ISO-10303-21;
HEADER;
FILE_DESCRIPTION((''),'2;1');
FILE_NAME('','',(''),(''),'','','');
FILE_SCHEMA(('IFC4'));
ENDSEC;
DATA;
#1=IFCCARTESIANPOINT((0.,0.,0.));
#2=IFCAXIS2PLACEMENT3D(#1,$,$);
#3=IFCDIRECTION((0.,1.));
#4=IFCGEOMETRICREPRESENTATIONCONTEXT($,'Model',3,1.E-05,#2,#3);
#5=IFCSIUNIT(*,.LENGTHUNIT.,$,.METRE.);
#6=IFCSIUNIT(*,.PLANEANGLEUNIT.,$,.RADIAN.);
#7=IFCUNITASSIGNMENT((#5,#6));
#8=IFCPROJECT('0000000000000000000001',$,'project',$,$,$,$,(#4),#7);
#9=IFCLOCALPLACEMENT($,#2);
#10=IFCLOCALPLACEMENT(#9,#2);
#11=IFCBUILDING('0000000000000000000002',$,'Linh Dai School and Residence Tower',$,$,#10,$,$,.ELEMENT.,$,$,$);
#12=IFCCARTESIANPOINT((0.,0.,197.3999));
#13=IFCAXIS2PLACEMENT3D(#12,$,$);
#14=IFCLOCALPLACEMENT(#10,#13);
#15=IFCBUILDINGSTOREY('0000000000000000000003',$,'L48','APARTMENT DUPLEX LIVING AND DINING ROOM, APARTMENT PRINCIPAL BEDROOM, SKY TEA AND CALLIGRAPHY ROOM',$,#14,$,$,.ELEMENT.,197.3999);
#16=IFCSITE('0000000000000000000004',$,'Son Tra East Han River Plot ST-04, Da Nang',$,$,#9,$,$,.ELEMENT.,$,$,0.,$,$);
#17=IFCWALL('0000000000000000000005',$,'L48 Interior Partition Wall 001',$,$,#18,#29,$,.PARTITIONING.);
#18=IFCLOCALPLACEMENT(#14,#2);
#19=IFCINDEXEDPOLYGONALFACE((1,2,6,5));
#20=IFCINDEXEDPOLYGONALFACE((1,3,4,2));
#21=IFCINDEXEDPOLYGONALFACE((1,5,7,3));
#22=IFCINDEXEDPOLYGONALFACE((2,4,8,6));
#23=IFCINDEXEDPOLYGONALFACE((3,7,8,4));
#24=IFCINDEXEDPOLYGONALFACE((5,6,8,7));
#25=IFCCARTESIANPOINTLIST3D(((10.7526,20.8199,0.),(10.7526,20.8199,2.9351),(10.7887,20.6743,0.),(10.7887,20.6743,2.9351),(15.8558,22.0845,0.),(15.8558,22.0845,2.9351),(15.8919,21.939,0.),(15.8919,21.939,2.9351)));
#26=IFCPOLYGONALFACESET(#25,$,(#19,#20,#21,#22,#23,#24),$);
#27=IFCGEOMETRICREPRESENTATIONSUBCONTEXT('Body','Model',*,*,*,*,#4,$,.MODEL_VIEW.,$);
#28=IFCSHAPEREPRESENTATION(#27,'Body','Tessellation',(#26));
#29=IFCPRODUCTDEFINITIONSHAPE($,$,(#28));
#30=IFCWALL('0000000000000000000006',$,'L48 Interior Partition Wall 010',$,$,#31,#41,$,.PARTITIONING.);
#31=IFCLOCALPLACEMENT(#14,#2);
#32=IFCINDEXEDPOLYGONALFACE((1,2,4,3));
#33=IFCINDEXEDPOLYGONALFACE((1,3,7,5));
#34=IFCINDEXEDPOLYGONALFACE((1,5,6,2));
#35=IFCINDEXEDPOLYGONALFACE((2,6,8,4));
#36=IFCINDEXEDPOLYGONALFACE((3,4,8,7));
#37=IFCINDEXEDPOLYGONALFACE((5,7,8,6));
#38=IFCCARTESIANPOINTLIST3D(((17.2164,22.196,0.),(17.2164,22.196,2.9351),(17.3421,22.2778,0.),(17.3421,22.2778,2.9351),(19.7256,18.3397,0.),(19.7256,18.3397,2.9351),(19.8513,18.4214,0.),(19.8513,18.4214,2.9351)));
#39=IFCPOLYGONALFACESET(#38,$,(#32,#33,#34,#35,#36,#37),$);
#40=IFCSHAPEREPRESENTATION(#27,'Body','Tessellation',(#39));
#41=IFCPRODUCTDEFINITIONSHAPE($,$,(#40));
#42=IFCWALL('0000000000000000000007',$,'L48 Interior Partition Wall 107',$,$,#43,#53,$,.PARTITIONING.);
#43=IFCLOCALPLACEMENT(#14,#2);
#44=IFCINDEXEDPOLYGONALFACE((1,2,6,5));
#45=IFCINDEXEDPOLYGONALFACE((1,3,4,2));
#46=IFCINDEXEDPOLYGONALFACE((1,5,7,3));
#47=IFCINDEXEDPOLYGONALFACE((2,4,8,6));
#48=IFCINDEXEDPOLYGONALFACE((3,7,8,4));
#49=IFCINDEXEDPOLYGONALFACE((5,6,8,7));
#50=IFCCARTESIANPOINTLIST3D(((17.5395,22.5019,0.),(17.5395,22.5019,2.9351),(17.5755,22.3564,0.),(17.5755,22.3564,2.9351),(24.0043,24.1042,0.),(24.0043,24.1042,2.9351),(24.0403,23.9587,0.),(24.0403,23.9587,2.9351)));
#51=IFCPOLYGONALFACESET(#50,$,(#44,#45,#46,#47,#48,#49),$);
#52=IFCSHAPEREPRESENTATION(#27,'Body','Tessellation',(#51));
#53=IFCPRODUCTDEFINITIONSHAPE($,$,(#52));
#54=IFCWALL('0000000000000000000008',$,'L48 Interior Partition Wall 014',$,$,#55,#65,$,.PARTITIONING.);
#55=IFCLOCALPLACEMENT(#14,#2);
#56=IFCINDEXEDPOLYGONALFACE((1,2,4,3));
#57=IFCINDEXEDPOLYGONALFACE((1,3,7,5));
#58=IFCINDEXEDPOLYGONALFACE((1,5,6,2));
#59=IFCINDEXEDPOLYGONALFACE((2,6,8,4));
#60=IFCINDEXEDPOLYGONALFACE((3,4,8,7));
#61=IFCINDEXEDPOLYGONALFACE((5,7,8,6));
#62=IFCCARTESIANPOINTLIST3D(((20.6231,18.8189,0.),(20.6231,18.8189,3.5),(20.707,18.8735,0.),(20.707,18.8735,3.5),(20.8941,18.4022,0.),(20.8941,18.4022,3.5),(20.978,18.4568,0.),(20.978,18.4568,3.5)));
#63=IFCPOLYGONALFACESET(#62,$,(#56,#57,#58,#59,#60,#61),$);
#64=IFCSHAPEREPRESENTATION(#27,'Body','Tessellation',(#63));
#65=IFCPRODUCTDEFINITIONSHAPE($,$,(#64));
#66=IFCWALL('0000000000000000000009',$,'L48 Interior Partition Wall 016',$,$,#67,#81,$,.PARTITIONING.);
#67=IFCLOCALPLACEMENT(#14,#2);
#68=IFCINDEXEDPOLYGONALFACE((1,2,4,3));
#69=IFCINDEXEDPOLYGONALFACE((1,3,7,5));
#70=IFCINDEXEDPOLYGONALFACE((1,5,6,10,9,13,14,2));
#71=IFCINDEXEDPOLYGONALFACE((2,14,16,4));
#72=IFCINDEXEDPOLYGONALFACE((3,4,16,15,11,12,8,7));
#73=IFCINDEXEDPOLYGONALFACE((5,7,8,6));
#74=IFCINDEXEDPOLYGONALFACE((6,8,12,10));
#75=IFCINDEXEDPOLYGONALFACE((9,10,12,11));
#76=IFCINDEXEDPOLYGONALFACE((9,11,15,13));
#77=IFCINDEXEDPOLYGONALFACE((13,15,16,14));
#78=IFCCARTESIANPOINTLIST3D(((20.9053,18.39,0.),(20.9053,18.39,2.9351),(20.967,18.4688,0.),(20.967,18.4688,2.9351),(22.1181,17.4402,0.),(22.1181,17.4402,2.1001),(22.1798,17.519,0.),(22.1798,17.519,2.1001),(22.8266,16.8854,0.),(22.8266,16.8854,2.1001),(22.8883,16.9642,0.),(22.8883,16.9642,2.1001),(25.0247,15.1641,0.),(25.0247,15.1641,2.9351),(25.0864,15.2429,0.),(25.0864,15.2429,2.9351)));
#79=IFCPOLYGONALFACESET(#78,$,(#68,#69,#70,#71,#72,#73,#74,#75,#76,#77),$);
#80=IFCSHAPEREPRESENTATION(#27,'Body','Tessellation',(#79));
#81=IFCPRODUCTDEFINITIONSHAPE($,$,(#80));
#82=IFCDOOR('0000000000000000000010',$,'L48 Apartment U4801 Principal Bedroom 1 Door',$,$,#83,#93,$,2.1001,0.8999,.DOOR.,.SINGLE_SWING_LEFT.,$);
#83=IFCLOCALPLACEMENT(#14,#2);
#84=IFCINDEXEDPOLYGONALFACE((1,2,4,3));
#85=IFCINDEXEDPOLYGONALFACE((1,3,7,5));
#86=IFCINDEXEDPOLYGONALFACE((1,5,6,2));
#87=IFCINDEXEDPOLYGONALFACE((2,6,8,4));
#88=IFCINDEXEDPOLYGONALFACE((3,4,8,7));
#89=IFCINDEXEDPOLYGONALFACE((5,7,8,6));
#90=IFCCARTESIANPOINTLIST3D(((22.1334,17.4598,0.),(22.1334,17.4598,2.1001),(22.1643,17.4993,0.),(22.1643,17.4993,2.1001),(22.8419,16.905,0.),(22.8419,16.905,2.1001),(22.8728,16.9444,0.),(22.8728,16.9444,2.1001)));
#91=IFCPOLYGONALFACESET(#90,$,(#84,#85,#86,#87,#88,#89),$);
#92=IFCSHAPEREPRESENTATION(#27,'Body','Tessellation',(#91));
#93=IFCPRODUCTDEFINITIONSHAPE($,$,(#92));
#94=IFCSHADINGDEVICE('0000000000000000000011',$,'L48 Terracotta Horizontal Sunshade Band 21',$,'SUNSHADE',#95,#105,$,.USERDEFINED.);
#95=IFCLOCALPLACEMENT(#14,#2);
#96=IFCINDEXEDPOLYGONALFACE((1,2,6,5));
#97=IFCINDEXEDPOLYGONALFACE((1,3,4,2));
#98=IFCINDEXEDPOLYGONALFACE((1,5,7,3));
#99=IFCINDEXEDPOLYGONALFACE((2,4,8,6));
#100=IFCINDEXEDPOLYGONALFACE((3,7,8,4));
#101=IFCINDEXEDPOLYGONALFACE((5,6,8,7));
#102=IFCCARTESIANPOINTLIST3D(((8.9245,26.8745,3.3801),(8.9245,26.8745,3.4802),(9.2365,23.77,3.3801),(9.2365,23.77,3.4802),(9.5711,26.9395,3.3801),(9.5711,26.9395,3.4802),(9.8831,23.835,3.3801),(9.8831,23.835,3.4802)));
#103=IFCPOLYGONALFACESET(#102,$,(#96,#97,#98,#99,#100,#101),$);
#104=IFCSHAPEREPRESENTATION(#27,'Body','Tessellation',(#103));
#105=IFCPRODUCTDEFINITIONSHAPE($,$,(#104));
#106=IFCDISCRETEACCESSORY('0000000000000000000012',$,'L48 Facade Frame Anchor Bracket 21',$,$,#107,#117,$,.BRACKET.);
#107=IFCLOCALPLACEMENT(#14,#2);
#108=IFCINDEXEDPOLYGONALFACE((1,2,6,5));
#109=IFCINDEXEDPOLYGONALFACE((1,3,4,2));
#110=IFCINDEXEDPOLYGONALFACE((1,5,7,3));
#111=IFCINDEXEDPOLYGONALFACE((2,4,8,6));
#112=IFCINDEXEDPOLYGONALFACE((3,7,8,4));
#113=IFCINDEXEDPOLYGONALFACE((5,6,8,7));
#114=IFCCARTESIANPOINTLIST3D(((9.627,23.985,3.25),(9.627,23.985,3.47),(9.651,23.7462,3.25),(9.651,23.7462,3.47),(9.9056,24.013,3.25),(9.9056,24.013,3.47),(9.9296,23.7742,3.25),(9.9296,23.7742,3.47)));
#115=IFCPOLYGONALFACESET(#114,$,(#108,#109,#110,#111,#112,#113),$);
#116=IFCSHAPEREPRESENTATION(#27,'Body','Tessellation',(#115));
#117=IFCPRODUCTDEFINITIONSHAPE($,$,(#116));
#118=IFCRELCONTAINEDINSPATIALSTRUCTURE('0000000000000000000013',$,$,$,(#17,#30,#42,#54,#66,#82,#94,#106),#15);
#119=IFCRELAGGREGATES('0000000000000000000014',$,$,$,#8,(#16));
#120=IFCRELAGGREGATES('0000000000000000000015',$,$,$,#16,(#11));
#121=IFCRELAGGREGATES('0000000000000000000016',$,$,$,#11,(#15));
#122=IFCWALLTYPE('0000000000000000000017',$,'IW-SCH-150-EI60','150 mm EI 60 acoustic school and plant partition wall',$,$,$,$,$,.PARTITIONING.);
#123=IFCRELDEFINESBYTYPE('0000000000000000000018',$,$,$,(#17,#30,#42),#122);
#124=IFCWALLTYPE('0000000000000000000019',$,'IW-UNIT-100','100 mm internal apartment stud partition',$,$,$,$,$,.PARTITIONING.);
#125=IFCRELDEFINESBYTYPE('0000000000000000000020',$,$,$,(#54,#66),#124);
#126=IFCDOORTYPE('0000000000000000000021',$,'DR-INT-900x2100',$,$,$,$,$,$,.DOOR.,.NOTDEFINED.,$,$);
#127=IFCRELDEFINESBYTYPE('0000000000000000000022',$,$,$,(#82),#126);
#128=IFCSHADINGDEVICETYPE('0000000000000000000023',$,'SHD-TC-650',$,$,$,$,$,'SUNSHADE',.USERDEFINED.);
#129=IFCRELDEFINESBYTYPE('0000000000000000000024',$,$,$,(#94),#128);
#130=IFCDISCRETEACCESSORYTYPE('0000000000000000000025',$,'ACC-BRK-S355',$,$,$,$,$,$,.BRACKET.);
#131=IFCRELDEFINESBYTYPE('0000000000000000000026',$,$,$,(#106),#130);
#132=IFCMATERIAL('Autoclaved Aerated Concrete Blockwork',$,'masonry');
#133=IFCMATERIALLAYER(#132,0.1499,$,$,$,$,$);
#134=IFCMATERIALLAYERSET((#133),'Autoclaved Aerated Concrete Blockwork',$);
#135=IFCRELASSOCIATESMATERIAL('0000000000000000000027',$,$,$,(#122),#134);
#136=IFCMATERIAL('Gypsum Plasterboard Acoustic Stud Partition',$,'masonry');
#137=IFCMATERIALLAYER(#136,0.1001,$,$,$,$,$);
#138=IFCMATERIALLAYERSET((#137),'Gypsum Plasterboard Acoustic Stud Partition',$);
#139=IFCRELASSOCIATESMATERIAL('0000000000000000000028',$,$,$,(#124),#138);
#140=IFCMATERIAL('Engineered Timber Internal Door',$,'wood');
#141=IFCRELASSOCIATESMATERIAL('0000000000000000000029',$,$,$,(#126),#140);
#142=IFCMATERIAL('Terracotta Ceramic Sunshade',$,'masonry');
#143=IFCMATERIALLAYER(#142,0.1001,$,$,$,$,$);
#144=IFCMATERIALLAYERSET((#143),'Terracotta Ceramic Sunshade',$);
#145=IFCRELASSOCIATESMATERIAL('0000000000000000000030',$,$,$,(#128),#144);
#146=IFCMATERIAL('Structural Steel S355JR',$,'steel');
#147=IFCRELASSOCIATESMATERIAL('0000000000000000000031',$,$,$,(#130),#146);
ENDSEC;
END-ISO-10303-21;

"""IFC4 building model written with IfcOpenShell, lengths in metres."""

from ifc_helpers import new_model, si_unit, direction, frame, frame_2d, origin, origin_2d, place, context, subcontext, project, spatial, rectangle, extrude, source, transform, mapped, material, layer, layer_set, type_object, element, fill, save


model = new_model("IFC4")

# Units and contexts
model_context = context("Model", 3, precision=1e-05, world=origin(), true_north=direction((0.0, 1.0)))
body_context = subcontext(model_context, "Body", "Model", "MODEL_VIEW")
ifc_project = project(units=[si_unit("LENGTHUNIT", "METRE"), si_unit("PLANEANGLEUNIT", "RADIAN")], contexts=[model_context])

# Site, building, storey
site_placement = place(None, origin())
site = spatial("IfcSite", under=ifc_project, at=site_placement, Name="Son Tra East Han River Plot ST-04, Da Nang", CompositionType="ELEMENT", RefElevation=0.0)
building_placement = place(site_placement, origin())
building = spatial("IfcBuilding", under=site, at=building_placement, Name="Linh Dai School and Residence Tower", CompositionType="ELEMENT")
storey_placement = place(building_placement, frame((0.0, 0.0, 197.3999)))
storey = spatial("IfcBuildingStorey", under=building, at=storey_placement, Name="L48", Description="APARTMENT DUPLEX LIVING AND DINING ROOM, APARTMENT PRINCIPAL BEDROOM, SKY TEA AND CALLIGRAPHY ROOM", CompositionType="ELEMENT", Elevation=197.3999)

# Shared definitions
ifc_material_1 = material(Name="Structural Steel S355JR", Category="steel")

# Shared definitions
ifc_material_2 = material(Name="Autoclaved Aerated Concrete Blockwork", Category="masonry")

# Walls
ifc_layer_1 = layer(ifc_material_2, 0.1499)
ifc_layer_set_1 = layer_set([ifc_layer_1], Name="Autoclaved Aerated Concrete Blockwork")
wall_type_1 = type_object("IfcWallType", Name="IW-SCH-150-EI60", Description="150 mm EI 60 acoustic school and plant partition wall", PredefinedType="PARTITIONING", material=ifc_layer_set_1)
wall_1_placement = place(storey_placement, frame((10.7705, 20.7471, 0.0), z_axis=(0.0, 0.0, 1.0), x_axis=(0.97064, 0.240536, 0.0)))
element("IfcWall", 1, at=wall_1_placement, inside=storey, type_object=wall_type_1, Name="L48 Interior Partition Wall 001", PredefinedType="PARTITIONING", context=body_context, shape_type="SweptSolid", body=[
    extrude(rectangle(XDim=5.2576, YDim=0.1499, at=frame_2d((2.6289, 0.0))), origin(), (0.0, 0.0, 1.0), 2.9351),
])
wall_2_placement = place(storey_placement, frame((17.2793, 22.2368, 0.0), z_axis=(0.0, 0.0, 1.0), x_axis=(0.545384, -0.838187, 0.0)))
element("IfcWall", 2, at=wall_2_placement, inside=storey, type_object=wall_type_1, Name="L48 Interior Partition Wall 010", PredefinedType="PARTITIONING", context=body_context, shape_type="SweptSolid", body=[
    extrude(rectangle(XDim=4.6008, YDim=0.1499, at=frame_2d((2.3003, 0.0))), origin(), (0.0, 0.0, 1.0), 2.9351),
])
wall_3_placement = place(storey_placement, frame((17.5576, 22.4292, 0.0), z_axis=(0.0, 0.0, 1.0), x_axis=(0.970632, 0.240569, 0.0)))
element("IfcWall", 3, at=wall_3_placement, inside=storey, type_object=wall_type_1, Name="L48 Interior Partition Wall 107", PredefinedType="PARTITIONING", context=body_context, shape_type="SweptSolid", body=[
    extrude(rectangle(XDim=6.6604, YDim=0.1499, at=frame_2d((3.3301, 0.0))), origin(), (0.0, 0.0, 1.0), 2.9351),
])
ifc_material_3 = material(Name="Gypsum Plasterboard Acoustic Stud Partition", Category="masonry")
ifc_layer_2 = layer(ifc_material_3, 0.1001)
ifc_layer_set_2 = layer_set([ifc_layer_2], Name="Gypsum Plasterboard Acoustic Stud Partition")
wall_type_2 = type_object("IfcWallType", Name="IW-UNIT-100", Description="100 mm internal apartment stud partition", PredefinedType="PARTITIONING", material=ifc_layer_set_2)
wall_4_placement = place(storey_placement, frame((20.665, 18.8462, 0.0), z_axis=(0.0, 0.0, 1.0), x_axis=(0.545144, -0.838343, 0.0)))
element("IfcWall", 4, at=wall_4_placement, inside=storey, type_object=wall_type_2, Name="L48 Interior Partition Wall 014", PredefinedType="PARTITIONING", context=body_context, shape_type="SweptSolid", body=[
    extrude(rectangle(XDim=0.4971, YDim=0.1001, at=frame_2d((0.2485, 0.0))), origin(), (0.0, 0.0, 1.0), 3.5),
])

# Wall, opening, door
wall_5_placement = place(storey_placement, frame((20.936, 18.4294, 0.0), z_axis=(0.0, 0.0, 1.0), x_axis=(0.787323, -0.616541, 0.0)))
wall_5 = element("IfcWall", 5, at=wall_5_placement, inside=storey, type_object=wall_type_2, Name="L48 Interior Partition Wall 016", PredefinedType="PARTITIONING", context=body_context, shape_type="SweptSolid", body=[
    extrude(rectangle(XDim=5.2322, YDim=0.1001, at=frame_2d((2.6162, 0.0))), origin(), (0.0, 0.0, 1.0), 2.9351),
])
opening_1_placement = place(wall_5_placement, frame((1.5405, 0.0, 0.0)))
opening_1 = element("IfcOpeningElement", 6, at=opening_1_placement, cuts=wall_5, PredefinedType="OPENING", context=body_context, shape_type="SweptSolid", body=[
    extrude(rectangle(XDim=0.8999, YDim=2.1001, at=origin_2d()), frame((0.45, 0.0601, 1.05), z_axis=(0.0, -1.0, 0.0), x_axis=(1.0, 0.0, 0.0)), (0.0, 0.0, 1.0), 0.1201),
])
ifc_material_4 = material(Name="Engineered Timber Internal Door", Category="wood")
door_type_1 = type_object("IfcDoorType", Name="DR-INT-900x2100", OperationType="NOTDEFINED", PredefinedType="DOOR", material=ifc_material_4)
shared_shape_1 = source(origin(), body_context, "Body", "SweptSolid", [
    extrude(rectangle(XDim=0.8999, YDim=2.1001, at=origin_2d()), frame((0.45, 0.0249, 1.05), z_axis=(0.0, -1.0, 0.0), x_axis=(1.0, 0.0, 0.0)), (0.0, 0.0, 1.0), 0.05),
])
door_1_placement = place(opening_1_placement, origin())
door_1 = element("IfcDoor", 7, at=door_1_placement, inside=storey, type_object=door_type_1, Name="L48 Apartment U4801 Principal Bedroom 1 Door", OperationType="SINGLE_SWING_LEFT", OverallHeight=2.1001, OverallWidth=0.8999, PredefinedType="DOOR", context=body_context, shape_type="MappedRepresentation", body=[
    mapped(shared_shape_1, transform((0.0, 0.0, 0.0), x_axis=(1.0, 0.0, 0.0), y_axis=(0.0, 1.0, 0.0), z_axis=(0.0, 0.0, 1.0), scale=1.0)),
])
fill(opening_1, door_1)

# Shading device
ifc_material_5 = material(Name="Terracotta Ceramic Sunshade", Category="masonry")
ifc_layer_3 = layer(ifc_material_5, 0.1001)
ifc_layer_set_3 = layer_set([ifc_layer_3], Name="Terracotta Ceramic Sunshade")
shading_device_type = type_object("IfcShadingDeviceType", Name="SHD-TC-650", ElementType="SUNSHADE", PredefinedType="USERDEFINED", material=ifc_layer_set_3)
shared_shape_2 = source(origin(), body_context, "Body", "SweptSolid", [
    extrude(rectangle(XDim=3.1201, YDim=0.6499, at=origin_2d()), origin(), (0.0, 0.0, 1.0), 0.1001),
])
shading_device_placement = place(storey_placement, frame((9.4038, 25.3547, 3.3801), z_axis=(0.0, 0.0, 1.0), x_axis=(-0.100002, 0.994987, 0.0)))
element("IfcShadingDevice", 8, at=shading_device_placement, inside=storey, type_object=shading_device_type, Name="L48 Terracotta Horizontal Sunshade Band 21", ObjectType="SUNSHADE", PredefinedType="USERDEFINED", context=body_context, shape_type="MappedRepresentation", body=[
    mapped(shared_shape_2, transform((0.0, 0.0, 0.0), x_axis=(1.0, 0.0, 0.0), y_axis=(0.0, 1.0, 0.0), z_axis=(0.0, 0.0, 1.0), scale=1.0)),
])

# Discrete accessory
discrete_accessory_type = type_object("IfcDiscreteAccessoryType", Name="ACC-BRK-S355", PredefinedType="BRACKET", material=ifc_material_1)
shared_shape_3 = source(origin(), body_context, "Body", "SweptSolid", [
    extrude(rectangle(XDim=0.28, YDim=0.24, at=origin_2d()), origin(), (0.0, 0.0, 1.0), 0.22),
])
discrete_accessory_placement = place(storey_placement, frame((9.7783, 23.8796, 3.25), z_axis=(0.0, 0.0, 1.0), x_axis=(-0.994987, -0.100002, 0.0)))
element("IfcDiscreteAccessory", 9, at=discrete_accessory_placement, inside=storey, type_object=discrete_accessory_type, Name="L48 Facade Frame Anchor Bracket 21", PredefinedType="BRACKET", context=body_context, shape_type="MappedRepresentation", body=[
    mapped(shared_shape_3, transform((0.0, 0.0, 0.0), x_axis=(1.0, 0.0, 0.0), y_axis=(0.0, 1.0, 0.0), z_axis=(0.0, 0.0, 1.0), scale=1.0)),
])

save(model, "model.ifc")
